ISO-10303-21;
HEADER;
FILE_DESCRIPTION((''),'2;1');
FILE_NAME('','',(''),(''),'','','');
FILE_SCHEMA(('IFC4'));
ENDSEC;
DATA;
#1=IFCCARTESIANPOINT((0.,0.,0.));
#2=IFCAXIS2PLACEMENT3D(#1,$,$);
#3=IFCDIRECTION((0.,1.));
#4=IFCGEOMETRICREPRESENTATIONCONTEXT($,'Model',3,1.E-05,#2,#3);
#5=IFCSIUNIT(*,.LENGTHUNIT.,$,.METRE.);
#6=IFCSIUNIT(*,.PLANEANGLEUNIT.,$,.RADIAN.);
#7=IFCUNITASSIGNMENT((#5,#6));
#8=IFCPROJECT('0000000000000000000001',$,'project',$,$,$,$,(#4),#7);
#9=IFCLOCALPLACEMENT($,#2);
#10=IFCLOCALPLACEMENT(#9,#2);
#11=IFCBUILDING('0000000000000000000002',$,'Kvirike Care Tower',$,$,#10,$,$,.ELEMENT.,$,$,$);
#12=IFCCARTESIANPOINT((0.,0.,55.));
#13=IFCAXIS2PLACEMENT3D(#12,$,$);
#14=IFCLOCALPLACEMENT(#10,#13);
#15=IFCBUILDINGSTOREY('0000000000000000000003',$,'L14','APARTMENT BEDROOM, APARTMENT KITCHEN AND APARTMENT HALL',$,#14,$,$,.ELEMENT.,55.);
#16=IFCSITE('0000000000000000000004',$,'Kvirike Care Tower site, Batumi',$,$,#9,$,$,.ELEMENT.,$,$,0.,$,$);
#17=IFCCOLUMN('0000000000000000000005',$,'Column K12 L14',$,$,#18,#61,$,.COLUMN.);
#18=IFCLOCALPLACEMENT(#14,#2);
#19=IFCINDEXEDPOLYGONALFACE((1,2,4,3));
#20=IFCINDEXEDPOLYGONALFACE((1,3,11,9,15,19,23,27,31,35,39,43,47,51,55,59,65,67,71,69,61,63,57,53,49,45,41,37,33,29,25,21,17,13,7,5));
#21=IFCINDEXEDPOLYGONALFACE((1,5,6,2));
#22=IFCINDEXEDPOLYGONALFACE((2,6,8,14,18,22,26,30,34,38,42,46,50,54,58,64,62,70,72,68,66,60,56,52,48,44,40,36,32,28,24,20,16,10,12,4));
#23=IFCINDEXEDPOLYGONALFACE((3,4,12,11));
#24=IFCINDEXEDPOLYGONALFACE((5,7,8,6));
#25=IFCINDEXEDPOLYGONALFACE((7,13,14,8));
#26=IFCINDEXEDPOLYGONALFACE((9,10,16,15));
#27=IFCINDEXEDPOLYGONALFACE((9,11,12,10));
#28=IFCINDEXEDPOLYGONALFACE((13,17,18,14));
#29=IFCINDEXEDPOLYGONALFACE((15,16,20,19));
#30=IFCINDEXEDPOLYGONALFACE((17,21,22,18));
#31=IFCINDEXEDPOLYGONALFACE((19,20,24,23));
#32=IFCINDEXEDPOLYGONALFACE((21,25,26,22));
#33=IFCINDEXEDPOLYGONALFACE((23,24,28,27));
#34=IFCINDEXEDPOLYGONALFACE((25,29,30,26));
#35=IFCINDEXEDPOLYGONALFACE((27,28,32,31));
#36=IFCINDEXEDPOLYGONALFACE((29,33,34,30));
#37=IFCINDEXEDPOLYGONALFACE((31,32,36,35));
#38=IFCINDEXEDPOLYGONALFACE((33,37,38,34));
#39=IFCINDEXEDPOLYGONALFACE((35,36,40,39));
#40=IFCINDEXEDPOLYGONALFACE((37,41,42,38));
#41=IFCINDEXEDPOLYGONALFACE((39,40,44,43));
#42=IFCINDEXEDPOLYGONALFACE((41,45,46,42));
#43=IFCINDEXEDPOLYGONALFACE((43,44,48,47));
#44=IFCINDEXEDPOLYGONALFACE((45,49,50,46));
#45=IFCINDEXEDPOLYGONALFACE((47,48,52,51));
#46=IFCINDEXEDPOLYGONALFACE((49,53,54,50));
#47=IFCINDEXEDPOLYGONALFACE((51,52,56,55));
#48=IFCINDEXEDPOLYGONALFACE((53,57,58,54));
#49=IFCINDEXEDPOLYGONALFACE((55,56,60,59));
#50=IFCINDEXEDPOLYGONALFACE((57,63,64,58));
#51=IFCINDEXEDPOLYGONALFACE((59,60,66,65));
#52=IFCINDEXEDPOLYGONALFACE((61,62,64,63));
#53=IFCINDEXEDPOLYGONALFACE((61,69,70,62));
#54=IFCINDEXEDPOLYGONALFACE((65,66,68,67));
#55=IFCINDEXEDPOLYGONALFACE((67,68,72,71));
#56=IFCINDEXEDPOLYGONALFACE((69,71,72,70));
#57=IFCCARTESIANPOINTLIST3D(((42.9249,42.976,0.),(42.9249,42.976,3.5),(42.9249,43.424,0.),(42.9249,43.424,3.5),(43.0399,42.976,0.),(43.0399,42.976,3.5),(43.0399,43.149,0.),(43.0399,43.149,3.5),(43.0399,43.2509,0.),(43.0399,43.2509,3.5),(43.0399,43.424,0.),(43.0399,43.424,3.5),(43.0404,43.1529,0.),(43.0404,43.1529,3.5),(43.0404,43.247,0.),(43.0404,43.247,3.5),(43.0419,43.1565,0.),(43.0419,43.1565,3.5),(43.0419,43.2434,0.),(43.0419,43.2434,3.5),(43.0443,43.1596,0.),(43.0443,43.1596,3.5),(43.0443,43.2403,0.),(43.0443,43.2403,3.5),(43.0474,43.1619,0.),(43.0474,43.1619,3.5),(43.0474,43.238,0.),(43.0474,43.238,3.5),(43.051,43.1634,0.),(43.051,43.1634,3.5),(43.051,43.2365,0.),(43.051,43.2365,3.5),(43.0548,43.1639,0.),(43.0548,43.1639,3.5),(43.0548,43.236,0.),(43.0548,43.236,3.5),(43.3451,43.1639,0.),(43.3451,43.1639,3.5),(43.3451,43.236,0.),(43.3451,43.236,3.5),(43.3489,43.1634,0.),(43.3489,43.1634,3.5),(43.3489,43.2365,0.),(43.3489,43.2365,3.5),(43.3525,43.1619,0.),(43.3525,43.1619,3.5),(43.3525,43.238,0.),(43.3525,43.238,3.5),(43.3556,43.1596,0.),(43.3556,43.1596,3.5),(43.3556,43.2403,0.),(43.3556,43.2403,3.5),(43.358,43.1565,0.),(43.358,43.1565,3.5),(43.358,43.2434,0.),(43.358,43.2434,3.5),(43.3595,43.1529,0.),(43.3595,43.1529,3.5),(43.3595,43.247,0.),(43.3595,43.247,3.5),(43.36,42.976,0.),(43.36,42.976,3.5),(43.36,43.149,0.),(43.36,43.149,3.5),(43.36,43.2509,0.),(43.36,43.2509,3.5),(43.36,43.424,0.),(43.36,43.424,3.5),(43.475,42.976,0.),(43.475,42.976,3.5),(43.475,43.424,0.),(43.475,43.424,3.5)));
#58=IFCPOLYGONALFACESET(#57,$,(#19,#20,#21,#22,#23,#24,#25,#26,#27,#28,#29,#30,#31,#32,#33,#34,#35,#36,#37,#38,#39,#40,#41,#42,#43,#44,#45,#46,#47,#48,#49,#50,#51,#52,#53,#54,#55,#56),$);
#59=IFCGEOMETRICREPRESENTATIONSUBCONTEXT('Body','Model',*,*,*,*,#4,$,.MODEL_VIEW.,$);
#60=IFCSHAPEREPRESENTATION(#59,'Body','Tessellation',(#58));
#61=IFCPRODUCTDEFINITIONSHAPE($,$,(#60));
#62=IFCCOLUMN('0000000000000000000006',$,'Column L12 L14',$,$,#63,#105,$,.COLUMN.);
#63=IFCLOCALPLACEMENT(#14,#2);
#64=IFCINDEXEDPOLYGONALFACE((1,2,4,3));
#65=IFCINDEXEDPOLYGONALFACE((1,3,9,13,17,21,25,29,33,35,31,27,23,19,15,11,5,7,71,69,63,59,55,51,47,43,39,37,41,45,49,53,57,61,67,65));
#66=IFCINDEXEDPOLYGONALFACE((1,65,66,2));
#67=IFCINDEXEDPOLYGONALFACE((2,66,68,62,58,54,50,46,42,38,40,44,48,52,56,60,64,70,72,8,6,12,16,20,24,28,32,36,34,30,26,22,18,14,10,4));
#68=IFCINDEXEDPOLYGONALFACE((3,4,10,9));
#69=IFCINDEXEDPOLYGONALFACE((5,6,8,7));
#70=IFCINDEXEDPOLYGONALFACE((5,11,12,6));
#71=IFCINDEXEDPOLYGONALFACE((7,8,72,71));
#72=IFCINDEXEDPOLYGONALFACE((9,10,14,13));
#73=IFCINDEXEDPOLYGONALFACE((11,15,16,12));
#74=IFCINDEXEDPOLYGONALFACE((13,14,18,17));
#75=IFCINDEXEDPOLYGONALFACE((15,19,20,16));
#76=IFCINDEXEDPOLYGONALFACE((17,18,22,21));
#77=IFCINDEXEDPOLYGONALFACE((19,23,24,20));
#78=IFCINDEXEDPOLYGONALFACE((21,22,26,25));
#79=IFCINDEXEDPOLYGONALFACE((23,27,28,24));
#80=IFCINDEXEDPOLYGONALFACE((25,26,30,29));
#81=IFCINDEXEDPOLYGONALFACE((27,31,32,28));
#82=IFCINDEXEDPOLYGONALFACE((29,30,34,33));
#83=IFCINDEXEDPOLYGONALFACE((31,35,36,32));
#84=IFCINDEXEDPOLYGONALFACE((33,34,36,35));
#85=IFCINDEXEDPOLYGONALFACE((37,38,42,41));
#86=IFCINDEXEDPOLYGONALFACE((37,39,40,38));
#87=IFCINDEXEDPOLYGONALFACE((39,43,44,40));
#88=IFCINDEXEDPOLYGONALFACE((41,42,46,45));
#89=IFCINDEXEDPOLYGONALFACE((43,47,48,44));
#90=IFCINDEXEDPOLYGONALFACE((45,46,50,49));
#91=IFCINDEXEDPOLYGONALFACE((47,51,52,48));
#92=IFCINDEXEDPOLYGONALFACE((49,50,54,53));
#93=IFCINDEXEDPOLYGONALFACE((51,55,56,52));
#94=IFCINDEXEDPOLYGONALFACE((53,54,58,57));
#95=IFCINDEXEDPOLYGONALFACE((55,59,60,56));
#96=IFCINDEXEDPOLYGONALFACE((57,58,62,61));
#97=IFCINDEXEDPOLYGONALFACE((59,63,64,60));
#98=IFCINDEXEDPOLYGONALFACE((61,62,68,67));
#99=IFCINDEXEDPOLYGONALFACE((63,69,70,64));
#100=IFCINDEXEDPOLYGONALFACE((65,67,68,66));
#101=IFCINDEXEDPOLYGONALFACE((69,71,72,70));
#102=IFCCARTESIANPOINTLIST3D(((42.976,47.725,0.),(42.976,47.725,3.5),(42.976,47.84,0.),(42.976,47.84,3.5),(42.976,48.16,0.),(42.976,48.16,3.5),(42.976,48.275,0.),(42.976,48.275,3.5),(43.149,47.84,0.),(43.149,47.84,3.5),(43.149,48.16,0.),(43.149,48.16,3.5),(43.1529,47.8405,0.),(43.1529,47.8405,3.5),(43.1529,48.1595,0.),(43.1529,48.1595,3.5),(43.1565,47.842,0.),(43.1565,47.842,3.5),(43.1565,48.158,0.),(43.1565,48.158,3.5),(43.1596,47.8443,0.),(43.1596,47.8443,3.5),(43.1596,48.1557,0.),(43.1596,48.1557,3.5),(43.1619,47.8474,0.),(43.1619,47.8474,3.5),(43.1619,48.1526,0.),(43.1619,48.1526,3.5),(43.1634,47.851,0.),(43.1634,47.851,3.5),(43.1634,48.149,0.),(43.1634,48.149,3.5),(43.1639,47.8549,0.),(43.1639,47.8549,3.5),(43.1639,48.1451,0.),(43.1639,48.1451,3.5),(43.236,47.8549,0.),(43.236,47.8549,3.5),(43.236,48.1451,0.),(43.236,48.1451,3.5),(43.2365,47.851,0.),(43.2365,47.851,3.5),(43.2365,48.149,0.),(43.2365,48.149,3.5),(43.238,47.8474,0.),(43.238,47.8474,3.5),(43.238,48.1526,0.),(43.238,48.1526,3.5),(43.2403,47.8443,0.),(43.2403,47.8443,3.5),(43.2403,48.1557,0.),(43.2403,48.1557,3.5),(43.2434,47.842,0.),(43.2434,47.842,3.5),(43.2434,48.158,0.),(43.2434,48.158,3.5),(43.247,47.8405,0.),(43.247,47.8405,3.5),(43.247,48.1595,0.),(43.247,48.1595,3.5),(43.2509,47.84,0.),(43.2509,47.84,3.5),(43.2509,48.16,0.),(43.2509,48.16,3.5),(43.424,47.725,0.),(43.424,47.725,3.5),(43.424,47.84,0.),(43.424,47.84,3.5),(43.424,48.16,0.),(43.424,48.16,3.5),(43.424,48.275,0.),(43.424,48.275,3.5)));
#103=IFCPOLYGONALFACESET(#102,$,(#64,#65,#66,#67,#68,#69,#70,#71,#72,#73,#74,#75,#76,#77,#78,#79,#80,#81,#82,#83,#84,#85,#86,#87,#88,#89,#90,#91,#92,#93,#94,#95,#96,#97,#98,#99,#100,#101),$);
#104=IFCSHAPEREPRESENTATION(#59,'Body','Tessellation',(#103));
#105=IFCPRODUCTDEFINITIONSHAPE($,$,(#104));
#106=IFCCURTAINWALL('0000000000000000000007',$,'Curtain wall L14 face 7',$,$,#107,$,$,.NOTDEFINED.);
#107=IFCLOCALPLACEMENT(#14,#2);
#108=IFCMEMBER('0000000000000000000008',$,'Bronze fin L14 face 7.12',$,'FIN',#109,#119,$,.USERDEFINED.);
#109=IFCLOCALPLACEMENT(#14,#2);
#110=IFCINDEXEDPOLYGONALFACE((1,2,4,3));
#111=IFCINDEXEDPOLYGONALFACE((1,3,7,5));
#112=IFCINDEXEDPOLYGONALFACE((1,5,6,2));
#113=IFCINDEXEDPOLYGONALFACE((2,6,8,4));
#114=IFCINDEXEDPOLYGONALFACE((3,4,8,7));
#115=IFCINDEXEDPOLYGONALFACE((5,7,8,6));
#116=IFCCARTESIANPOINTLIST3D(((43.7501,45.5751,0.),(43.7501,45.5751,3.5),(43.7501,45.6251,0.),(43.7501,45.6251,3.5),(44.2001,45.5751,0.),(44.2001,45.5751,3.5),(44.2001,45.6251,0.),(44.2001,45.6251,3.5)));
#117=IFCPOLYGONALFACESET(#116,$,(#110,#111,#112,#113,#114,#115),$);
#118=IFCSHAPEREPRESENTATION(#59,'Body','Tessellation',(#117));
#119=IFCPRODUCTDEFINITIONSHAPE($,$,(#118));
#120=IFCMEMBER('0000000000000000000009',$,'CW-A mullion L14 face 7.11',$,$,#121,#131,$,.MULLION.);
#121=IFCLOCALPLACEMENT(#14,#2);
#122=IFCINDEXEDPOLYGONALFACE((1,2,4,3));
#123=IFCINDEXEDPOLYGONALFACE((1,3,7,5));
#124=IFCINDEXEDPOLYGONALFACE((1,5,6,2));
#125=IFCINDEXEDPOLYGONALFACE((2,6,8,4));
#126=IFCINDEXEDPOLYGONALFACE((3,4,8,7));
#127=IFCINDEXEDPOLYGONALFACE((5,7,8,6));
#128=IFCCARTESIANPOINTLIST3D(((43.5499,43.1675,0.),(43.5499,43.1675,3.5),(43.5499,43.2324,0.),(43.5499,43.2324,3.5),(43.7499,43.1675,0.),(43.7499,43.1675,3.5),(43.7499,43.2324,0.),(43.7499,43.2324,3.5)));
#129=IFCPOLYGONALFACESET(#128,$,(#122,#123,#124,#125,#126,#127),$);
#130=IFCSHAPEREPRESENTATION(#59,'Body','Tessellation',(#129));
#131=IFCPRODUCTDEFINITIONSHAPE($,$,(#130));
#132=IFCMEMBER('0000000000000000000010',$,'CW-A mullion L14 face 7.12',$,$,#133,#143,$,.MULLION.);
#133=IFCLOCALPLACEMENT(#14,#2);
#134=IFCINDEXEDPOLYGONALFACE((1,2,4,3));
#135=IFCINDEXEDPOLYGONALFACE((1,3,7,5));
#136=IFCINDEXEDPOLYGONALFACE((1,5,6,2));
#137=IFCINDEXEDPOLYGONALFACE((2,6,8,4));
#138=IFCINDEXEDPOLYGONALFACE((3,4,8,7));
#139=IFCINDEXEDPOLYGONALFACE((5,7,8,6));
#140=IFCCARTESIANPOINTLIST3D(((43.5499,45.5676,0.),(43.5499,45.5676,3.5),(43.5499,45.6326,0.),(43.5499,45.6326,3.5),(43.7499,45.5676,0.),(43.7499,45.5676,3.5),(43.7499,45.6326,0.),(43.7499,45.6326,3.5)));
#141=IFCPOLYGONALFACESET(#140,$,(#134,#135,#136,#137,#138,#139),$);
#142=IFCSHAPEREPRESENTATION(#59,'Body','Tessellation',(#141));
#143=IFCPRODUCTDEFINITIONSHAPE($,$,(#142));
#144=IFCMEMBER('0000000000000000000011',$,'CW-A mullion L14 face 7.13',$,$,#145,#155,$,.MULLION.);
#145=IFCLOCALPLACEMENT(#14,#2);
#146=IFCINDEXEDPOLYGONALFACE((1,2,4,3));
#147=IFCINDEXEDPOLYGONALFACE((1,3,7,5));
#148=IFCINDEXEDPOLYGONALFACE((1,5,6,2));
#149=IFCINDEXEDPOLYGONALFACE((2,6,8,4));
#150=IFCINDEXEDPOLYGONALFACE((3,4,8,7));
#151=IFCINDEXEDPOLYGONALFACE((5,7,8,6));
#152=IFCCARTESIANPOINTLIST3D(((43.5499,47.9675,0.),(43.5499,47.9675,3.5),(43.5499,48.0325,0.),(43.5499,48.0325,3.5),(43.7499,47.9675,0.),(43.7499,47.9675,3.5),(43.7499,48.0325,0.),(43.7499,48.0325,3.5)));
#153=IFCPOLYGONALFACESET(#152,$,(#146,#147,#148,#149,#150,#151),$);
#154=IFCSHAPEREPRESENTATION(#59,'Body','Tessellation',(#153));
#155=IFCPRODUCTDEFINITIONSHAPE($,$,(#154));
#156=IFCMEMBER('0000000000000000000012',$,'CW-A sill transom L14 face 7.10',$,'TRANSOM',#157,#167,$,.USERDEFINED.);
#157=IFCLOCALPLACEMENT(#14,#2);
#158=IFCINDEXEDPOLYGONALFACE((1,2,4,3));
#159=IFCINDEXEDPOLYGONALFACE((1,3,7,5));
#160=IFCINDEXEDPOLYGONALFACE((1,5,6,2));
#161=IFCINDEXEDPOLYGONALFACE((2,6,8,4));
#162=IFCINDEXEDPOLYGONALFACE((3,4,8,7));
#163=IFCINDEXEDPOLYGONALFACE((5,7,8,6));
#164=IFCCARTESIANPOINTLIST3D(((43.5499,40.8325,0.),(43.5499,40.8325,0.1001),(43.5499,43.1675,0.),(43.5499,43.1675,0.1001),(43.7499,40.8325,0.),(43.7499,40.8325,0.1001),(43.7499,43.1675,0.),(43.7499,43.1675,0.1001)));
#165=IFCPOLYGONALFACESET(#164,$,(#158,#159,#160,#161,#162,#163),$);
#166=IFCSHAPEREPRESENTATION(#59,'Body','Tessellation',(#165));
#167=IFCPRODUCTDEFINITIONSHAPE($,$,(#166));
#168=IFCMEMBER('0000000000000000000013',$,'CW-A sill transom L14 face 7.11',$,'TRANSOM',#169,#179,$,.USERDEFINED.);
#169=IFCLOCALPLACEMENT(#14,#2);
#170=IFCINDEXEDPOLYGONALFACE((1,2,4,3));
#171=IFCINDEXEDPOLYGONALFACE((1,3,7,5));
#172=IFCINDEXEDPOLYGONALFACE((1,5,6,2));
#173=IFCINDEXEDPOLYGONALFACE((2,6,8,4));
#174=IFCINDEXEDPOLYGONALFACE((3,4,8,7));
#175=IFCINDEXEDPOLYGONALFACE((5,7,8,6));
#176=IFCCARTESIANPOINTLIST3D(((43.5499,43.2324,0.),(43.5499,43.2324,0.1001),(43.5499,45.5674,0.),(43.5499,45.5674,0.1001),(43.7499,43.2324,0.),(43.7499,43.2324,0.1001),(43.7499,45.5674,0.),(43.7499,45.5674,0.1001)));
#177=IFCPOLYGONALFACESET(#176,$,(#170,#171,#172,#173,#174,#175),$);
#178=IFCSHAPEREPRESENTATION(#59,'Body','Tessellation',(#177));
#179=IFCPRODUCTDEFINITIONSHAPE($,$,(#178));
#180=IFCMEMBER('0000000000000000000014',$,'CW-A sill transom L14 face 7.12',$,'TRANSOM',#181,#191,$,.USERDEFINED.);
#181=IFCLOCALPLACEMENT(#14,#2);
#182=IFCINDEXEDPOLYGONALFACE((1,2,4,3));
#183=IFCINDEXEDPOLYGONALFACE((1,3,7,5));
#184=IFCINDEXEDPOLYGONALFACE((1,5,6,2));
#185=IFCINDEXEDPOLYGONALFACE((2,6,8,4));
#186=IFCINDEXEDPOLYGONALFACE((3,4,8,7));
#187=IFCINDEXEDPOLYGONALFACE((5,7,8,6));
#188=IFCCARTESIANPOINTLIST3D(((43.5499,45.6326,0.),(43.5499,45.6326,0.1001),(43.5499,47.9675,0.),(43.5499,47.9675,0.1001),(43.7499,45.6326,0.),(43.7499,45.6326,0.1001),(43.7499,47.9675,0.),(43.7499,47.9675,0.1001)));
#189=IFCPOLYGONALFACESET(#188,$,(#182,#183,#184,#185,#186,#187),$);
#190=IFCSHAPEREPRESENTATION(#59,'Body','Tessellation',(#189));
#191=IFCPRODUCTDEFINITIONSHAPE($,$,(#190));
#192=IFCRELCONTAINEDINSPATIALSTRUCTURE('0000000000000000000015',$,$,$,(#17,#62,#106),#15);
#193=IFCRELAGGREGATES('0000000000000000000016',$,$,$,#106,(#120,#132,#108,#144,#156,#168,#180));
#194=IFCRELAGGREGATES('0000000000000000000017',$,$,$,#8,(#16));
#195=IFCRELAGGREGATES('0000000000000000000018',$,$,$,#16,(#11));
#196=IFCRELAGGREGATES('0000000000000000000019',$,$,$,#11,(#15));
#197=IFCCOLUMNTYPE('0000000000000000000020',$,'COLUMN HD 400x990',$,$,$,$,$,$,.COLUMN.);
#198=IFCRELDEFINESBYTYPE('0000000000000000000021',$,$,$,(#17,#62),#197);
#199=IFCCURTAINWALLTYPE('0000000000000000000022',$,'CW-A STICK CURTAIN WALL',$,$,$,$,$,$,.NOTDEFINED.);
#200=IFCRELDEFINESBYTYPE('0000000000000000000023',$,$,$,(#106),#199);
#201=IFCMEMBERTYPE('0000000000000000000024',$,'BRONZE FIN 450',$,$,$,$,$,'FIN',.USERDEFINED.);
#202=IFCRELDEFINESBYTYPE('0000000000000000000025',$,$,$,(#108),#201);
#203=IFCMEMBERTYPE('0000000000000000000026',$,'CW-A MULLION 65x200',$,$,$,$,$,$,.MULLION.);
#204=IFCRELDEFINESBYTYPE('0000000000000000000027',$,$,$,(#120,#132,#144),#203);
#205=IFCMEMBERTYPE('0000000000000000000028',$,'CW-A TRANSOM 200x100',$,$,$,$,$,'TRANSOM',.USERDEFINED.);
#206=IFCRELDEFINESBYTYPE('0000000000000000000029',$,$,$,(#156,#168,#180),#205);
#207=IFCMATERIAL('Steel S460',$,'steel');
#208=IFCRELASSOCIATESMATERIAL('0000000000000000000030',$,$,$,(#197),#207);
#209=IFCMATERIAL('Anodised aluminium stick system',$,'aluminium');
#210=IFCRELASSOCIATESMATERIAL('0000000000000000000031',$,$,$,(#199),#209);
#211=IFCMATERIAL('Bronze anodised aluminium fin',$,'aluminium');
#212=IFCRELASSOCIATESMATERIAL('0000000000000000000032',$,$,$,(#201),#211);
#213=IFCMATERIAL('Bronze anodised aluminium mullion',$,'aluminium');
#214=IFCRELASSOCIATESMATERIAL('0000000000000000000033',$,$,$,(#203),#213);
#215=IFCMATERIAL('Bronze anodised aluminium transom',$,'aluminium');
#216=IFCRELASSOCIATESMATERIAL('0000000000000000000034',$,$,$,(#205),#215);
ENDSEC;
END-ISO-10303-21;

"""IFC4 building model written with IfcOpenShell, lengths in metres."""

from ifc_helpers import new_model, si_unit, direction, frame, origin, origin_2d, place, context, subcontext, project, spatial, rectangle, i_section, extrude, material, material_profile, profile_set, type_object, element, aggregate, save


model = new_model("IFC4")

# Units and contexts
model_context = context("Model", 3, precision=1e-05, world=origin(), true_north=direction((0.0, 1.0)))
body_context = subcontext(model_context, "Body", "Model", "MODEL_VIEW")
ifc_project = project(units=[si_unit("LENGTHUNIT", "METRE"), si_unit("PLANEANGLEUNIT", "RADIAN")], contexts=[model_context])

# Site, building, storey
site_placement = place(None, origin())
site = spatial("IfcSite", under=ifc_project, at=site_placement, Name="Kvirike Care Tower site, Batumi", CompositionType="ELEMENT", RefElevation=0.0)
building_placement = place(site_placement, origin())
building = spatial("IfcBuilding", under=site, at=building_placement, Name="Kvirike Care Tower", CompositionType="ELEMENT")
storey_placement = place(building_placement, frame((0.0, 0.0, 55.0)))
storey = spatial("IfcBuildingStorey", under=building, at=storey_placement, Name="L14", Description="APARTMENT BEDROOM, APARTMENT KITCHEN AND APARTMENT HALL", CompositionType="ELEMENT", Elevation=55.0)

# Columns
ifc_material_1 = material(Name="Steel S460", Category="steel")
ifc_material_profile_1 = material_profile(ifc_material_1, i_section(OverallWidth=0.448, OverallDepth=0.55, WebThickness=0.072, FlangeThickness=0.115, FilletRadius=0.0149, at=origin_2d()), Name="HD 400x990")
ifc_profile_set_1 = profile_set([ifc_material_profile_1], Name="Steel S460")
column_type = type_object("IfcColumnType", Name="COLUMN HD 400x990", PredefinedType="COLUMN", material=ifc_profile_set_1)
for number, where, z_axis, x_axis, name in (
    (1, (43.2, 43.2, 0.0), (0.0, 0.0, 1.0), (0.0, 1.0, 0.0), "Column K12 L14"),
    (2, (43.2, 48.0, 0.0), (0.0, 0.0, 1.0), (1.0, 0.0, 0.0), "Column L12 L14"),
):
    element("IfcColumn", number, at=place(storey_placement, frame(where, z_axis=z_axis, x_axis=x_axis)), inside=storey, type_object=column_type, Name=name, PredefinedType="COLUMN", context=body_context, shape_type="SweptSolid", body=[
        extrude(i_section(OverallWidth=0.448, OverallDepth=0.55, WebThickness=0.072, FlangeThickness=0.115, FilletRadius=0.0149, at=origin_2d()), origin(), (0.0, 0.0, 1.0), 3.5),
    ])

# Curtain wall, members
ifc_material_2 = material(Name="Anodised aluminium stick system", Category="aluminium")
curtain_wall_type = type_object("IfcCurtainWallType", Name="CW-A STICK CURTAIN WALL", PredefinedType="NOTDEFINED", material=ifc_material_2)
curtain_wall_placement = place(storey_placement, origin())
curtain_wall = element("IfcCurtainWall", 3, at=curtain_wall_placement, inside=storey, type_object=curtain_wall_type, Name="Curtain wall L14 face 7", PredefinedType="NOTDEFINED")
ifc_material_3 = material(Name="Bronze anodised aluminium fin", Category="aluminium")
ifc_material_profile_2 = material_profile(ifc_material_3, rectangle(XDim=0.05, YDim=0.45, at=origin_2d()), Name="BRONZE FIN 450")
ifc_profile_set_2 = profile_set([ifc_material_profile_2], Name="Bronze anodised aluminium fin")
member_type_1 = type_object("IfcMemberType", Name="BRONZE FIN 450", ElementType="FIN", PredefinedType="USERDEFINED", material=ifc_profile_set_2)
member_1_placement = place(storey_placement, frame((43.9751, 45.6001, 0.0), z_axis=(0.0, 0.0, 1.0), x_axis=(0.0, 1.0, 0.0)))
member_1 = element("IfcMember", 4, at=member_1_placement, type_object=member_type_1, Name="Bronze fin L14 face 7.12", ObjectType="FIN", PredefinedType="USERDEFINED", context=body_context, shape_type="SweptSolid", body=[
    extrude(rectangle(XDim=0.05, YDim=0.45, at=origin_2d()), origin(), (0.0, 0.0, 1.0), 3.5),
])
ifc_material_4 = material(Name="Bronze anodised aluminium mullion", Category="aluminium")
ifc_material_profile_3 = material_profile(ifc_material_4, rectangle(XDim=0.0649, YDim=0.2, at=origin_2d()), Name="CW-A MULLION 65x200")
ifc_profile_set_3 = profile_set([ifc_material_profile_3], Name="Bronze anodised aluminium mullion")
member_type_2 = type_object("IfcMemberType", Name="CW-A MULLION 65x200", PredefinedType="MULLION", material=ifc_profile_set_3)
member_2_placement = place(storey_placement, frame((43.6499, 43.2, 0.0), z_axis=(0.0, 0.0, 1.0), x_axis=(0.0, 1.0, 0.0)))
member_2 = element("IfcMember", 5, at=member_2_placement, type_object=member_type_2, Name="CW-A mullion L14 face 7.11", PredefinedType="MULLION", context=body_context, shape_type="SweptSolid", body=[
    extrude(rectangle(XDim=0.0649, YDim=0.2, at=origin_2d()), origin(), (0.0, 0.0, 1.0), 3.5),
])
member_3_placement = place(storey_placement, frame((43.6499, 45.6001, 0.0), z_axis=(0.0, 0.0, 1.0), x_axis=(0.0, 1.0, 0.0)))
member_3 = element("IfcMember", 6, at=member_3_placement, type_object=member_type_2, Name="CW-A mullion L14 face 7.12", PredefinedType="MULLION", context=body_context, shape_type="SweptSolid", body=[
    extrude(rectangle(XDim=0.0649, YDim=0.2, at=origin_2d()), origin(), (0.0, 0.0, 1.0), 3.5),
])
member_4_placement = place(storey_placement, frame((43.6499, 48.0, 0.0), z_axis=(0.0, 0.0, 1.0), x_axis=(0.0, 1.0, 0.0)))
member_4 = element("IfcMember", 7, at=member_4_placement, type_object=member_type_2, Name="CW-A mullion L14 face 7.13", PredefinedType="MULLION", context=body_context, shape_type="SweptSolid", body=[
    extrude(rectangle(XDim=0.0649, YDim=0.2, at=origin_2d()), origin(), (0.0, 0.0, 1.0), 3.5),
])
ifc_material_5 = material(Name="Bronze anodised aluminium transom", Category="aluminium")
ifc_material_profile_4 = material_profile(ifc_material_5, rectangle(XDim=0.2, YDim=0.1001, at=origin_2d()), Name="CW-A TRANSOM 200x100")
ifc_profile_set_4 = profile_set([ifc_material_profile_4], Name="Bronze anodised aluminium transom")
member_type_3 = type_object("IfcMemberType", Name="CW-A TRANSOM 200x100", ElementType="TRANSOM", PredefinedType="USERDEFINED", material=ifc_profile_set_4)
member_5_placement = place(storey_placement, frame((43.6499, 40.8325, 0.05), z_axis=(0.0, 1.0, 0.0), x_axis=(-1.0, 0.0, 0.0)))
member_5 = element("IfcMember", 8, at=member_5_placement, type_object=member_type_3, Name="CW-A sill transom L14 face 7.10", ObjectType="TRANSOM", PredefinedType="USERDEFINED", context=body_context, shape_type="SweptSolid", body=[
    extrude(rectangle(XDim=0.2, YDim=0.1001, at=origin_2d()), origin(), (0.0, 0.0, 1.0), 2.335),
])
member_6_placement = place(storey_placement, frame((43.6499, 43.2324, 0.05), z_axis=(0.0, 1.0, 0.0), x_axis=(-1.0, 0.0, 0.0)))
member_6 = element("IfcMember", 9, at=member_6_placement, type_object=member_type_3, Name="CW-A sill transom L14 face 7.11", ObjectType="TRANSOM", PredefinedType="USERDEFINED", context=body_context, shape_type="SweptSolid", body=[
    extrude(rectangle(XDim=0.2, YDim=0.1001, at=origin_2d()), origin(), (0.0, 0.0, 1.0), 2.335),
])
member_7_placement = place(storey_placement, frame((43.6499, 45.6326, 0.05), z_axis=(0.0, 1.0, 0.0), x_axis=(-1.0, 0.0, 0.0)))
member_7 = element("IfcMember", 10, at=member_7_placement, type_object=member_type_3, Name="CW-A sill transom L14 face 7.12", ObjectType="TRANSOM", PredefinedType="USERDEFINED", context=body_context, shape_type="SweptSolid", body=[
    extrude(rectangle(XDim=0.2, YDim=0.1001, at=origin_2d()), origin(), (0.0, 0.0, 1.0), 2.335),
])

aggregate(curtain_wall, [member_2, member_3, member_1, member_4, member_5, member_6, member_7])

save(model, "model.ifc")
